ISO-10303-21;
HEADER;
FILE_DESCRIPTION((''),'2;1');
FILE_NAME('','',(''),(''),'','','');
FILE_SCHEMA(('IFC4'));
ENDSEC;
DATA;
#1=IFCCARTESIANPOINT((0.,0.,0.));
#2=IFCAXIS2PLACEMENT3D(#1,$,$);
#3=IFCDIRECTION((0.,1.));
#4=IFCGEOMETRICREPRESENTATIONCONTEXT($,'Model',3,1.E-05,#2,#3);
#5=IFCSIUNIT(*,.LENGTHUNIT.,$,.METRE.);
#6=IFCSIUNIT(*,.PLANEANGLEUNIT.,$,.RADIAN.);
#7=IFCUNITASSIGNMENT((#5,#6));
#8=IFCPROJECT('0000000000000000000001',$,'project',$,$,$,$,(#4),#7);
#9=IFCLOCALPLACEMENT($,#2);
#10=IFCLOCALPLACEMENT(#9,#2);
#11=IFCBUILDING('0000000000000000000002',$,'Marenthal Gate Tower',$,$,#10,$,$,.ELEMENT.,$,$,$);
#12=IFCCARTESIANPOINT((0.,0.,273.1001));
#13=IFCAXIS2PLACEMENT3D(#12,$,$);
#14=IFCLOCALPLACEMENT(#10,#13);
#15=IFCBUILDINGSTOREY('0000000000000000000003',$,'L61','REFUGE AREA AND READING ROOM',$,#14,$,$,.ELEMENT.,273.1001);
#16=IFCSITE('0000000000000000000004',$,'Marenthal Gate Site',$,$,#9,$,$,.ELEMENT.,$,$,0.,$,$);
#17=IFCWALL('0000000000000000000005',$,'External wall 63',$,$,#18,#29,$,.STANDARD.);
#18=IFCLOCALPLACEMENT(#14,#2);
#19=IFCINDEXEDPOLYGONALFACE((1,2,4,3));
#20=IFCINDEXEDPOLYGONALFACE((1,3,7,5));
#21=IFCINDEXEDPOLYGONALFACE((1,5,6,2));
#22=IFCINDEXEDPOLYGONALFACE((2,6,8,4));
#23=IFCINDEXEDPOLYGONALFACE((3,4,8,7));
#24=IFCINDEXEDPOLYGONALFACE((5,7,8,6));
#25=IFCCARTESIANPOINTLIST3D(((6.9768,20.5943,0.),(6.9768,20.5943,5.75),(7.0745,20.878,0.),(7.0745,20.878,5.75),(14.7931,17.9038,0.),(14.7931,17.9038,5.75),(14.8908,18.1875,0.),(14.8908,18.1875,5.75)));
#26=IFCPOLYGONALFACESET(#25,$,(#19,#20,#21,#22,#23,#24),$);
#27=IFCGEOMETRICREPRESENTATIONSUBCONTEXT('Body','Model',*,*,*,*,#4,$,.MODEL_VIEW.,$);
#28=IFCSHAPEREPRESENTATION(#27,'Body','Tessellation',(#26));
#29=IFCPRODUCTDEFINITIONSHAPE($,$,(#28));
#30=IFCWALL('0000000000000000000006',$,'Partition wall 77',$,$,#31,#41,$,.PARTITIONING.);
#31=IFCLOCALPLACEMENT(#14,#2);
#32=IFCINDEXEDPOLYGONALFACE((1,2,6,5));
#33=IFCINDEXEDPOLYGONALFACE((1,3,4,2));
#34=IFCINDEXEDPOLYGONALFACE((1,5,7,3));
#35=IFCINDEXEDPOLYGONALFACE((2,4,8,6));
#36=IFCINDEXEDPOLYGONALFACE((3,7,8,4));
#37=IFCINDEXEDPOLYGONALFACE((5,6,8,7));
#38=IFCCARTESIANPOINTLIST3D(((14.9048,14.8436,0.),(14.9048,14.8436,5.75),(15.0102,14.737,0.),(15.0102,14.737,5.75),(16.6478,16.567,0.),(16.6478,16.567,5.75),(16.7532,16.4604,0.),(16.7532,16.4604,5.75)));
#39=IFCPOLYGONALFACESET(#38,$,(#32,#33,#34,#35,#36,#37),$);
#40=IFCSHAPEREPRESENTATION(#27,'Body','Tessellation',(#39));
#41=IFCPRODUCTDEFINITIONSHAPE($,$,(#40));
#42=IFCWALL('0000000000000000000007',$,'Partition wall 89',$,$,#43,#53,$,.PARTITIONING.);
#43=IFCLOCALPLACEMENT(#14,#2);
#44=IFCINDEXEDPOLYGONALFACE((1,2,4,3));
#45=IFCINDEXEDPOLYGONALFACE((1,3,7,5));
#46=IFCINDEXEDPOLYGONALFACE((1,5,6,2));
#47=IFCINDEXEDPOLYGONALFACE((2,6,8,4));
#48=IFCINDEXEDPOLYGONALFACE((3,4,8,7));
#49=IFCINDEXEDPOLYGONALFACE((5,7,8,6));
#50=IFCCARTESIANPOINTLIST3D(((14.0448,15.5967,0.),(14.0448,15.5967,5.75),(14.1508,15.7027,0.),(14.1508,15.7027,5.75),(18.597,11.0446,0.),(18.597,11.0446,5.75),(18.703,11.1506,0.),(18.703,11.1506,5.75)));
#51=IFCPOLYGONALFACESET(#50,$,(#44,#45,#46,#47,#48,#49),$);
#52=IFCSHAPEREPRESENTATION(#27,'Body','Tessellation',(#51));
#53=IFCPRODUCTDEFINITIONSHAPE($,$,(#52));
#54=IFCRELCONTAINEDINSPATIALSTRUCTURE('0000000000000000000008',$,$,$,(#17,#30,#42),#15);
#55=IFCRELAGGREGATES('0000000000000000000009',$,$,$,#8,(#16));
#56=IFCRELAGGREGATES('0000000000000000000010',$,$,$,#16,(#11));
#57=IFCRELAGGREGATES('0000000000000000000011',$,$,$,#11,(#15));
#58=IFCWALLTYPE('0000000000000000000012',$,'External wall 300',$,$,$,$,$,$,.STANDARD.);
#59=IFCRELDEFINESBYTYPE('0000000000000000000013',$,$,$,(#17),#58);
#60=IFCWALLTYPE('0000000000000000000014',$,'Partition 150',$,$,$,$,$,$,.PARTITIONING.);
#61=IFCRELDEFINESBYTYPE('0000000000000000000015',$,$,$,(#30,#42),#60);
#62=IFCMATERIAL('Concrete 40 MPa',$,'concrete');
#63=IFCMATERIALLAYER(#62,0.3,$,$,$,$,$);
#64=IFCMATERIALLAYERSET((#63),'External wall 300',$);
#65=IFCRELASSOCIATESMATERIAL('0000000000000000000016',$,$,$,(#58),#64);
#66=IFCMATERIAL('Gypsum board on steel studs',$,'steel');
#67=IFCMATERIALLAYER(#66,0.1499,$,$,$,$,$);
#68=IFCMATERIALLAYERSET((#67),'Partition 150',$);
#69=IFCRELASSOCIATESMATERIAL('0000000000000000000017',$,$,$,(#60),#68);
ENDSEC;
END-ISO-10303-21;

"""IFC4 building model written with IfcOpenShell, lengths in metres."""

from ifc_helpers import new_model, si_unit, direction, frame, frame_2d, origin, place, context, subcontext, project, spatial, rectangle, extrude, material, layer, layer_set, type_object, element, save


model = new_model("IFC4")

# Units and contexts
model_context = context("Model", 3, precision=1e-05, world=origin(), true_north=direction((0.0, 1.0)))
body_context = subcontext(model_context, "Body", "Model", "MODEL_VIEW")
ifc_project = project(units=[si_unit("LENGTHUNIT", "METRE"), si_unit("PLANEANGLEUNIT", "RADIAN")], contexts=[model_context])

# Site, building, storey
site_placement = place(None, origin())
site = spatial("IfcSite", under=ifc_project, at=site_placement, Name="Marenthal Gate Site", CompositionType="ELEMENT", RefElevation=0.0)
building_placement = place(site_placement, origin())
building = spatial("IfcBuilding", under=site, at=building_placement, Name="Marenthal Gate Tower", CompositionType="ELEMENT")
storey_placement = place(building_placement, frame((0.0, 0.0, 273.1001)))
storey = spatial("IfcBuildingStorey", under=building, at=storey_placement, Name="L61", Description="REFUGE AREA AND READING ROOM", CompositionType="ELEMENT", Elevation=273.1001)

# Walls
ifc_material_1 = material(Name="Concrete 40 MPa", Category="concrete")
ifc_layer_1 = layer(ifc_material_1, 0.3)
ifc_layer_set_1 = layer_set([ifc_layer_1], Name="External wall 300")
wall_type_1 = type_object("IfcWallType", Name="External wall 300", PredefinedType="STANDARD", material=ifc_layer_set_1)
wall_1_placement = place(storey_placement, frame((14.842, 18.0457, 0.0), z_axis=(0.0, 0.0, 1.0), x_axis=(-0.945552, 0.325472, 0.0)))
element("IfcWall", 1, at=wall_1_placement, inside=storey, type_object=wall_type_1, Name="External wall 63", PredefinedType="STANDARD", context=body_context, shape_type="SweptSolid", body=[
    extrude(rectangle(XDim=8.2664, YDim=0.3, at=frame_2d((4.1333, 0.0))), origin(), (0.0, 0.0, 1.0), 5.75),
])
ifc_material_2 = material(Name="Gypsum board on steel studs", Category="steel")
ifc_layer_2 = layer(ifc_material_2, 0.1499)
ifc_layer_set_2 = layer_set([ifc_layer_2], Name="Partition 150")
wall_type_2 = type_object("IfcWallType", Name="Partition 150", PredefinedType="PARTITIONING", material=ifc_layer_set_2)
wall_2_placement = place(storey_placement, frame((14.9575, 14.7903, 0.0), z_axis=(0.0, 0.0, 1.0), x_axis=(0.71108, 0.703111, 0.0)))
element("IfcWall", 2, at=wall_2_placement, inside=storey, type_object=wall_type_2, Name="Partition wall 77", PredefinedType="PARTITIONING", context=body_context, shape_type="SweptSolid", body=[
    extrude(rectangle(XDim=2.4512, YDim=0.1499, at=frame_2d((1.2256, 0.0))), origin(), (0.0, 0.0, 1.0), 5.75),
])
wall_3_placement = place(storey_placement, frame((18.6499, 11.0977, 0.0), z_axis=(0.0, 0.0, 1.0), x_axis=(-0.707107, 0.707107, 0.0)))
element("IfcWall", 3, at=wall_3_placement, inside=storey, type_object=wall_type_2, Name="Partition wall 89", PredefinedType="PARTITIONING", context=body_context, shape_type="SweptSolid", body=[
    extrude(rectangle(XDim=6.4377, YDim=0.1499, at=frame_2d((3.2188, 0.0))), origin(), (0.0, 0.0, 1.0), 5.75),
])

save(model, "model.ifc")
